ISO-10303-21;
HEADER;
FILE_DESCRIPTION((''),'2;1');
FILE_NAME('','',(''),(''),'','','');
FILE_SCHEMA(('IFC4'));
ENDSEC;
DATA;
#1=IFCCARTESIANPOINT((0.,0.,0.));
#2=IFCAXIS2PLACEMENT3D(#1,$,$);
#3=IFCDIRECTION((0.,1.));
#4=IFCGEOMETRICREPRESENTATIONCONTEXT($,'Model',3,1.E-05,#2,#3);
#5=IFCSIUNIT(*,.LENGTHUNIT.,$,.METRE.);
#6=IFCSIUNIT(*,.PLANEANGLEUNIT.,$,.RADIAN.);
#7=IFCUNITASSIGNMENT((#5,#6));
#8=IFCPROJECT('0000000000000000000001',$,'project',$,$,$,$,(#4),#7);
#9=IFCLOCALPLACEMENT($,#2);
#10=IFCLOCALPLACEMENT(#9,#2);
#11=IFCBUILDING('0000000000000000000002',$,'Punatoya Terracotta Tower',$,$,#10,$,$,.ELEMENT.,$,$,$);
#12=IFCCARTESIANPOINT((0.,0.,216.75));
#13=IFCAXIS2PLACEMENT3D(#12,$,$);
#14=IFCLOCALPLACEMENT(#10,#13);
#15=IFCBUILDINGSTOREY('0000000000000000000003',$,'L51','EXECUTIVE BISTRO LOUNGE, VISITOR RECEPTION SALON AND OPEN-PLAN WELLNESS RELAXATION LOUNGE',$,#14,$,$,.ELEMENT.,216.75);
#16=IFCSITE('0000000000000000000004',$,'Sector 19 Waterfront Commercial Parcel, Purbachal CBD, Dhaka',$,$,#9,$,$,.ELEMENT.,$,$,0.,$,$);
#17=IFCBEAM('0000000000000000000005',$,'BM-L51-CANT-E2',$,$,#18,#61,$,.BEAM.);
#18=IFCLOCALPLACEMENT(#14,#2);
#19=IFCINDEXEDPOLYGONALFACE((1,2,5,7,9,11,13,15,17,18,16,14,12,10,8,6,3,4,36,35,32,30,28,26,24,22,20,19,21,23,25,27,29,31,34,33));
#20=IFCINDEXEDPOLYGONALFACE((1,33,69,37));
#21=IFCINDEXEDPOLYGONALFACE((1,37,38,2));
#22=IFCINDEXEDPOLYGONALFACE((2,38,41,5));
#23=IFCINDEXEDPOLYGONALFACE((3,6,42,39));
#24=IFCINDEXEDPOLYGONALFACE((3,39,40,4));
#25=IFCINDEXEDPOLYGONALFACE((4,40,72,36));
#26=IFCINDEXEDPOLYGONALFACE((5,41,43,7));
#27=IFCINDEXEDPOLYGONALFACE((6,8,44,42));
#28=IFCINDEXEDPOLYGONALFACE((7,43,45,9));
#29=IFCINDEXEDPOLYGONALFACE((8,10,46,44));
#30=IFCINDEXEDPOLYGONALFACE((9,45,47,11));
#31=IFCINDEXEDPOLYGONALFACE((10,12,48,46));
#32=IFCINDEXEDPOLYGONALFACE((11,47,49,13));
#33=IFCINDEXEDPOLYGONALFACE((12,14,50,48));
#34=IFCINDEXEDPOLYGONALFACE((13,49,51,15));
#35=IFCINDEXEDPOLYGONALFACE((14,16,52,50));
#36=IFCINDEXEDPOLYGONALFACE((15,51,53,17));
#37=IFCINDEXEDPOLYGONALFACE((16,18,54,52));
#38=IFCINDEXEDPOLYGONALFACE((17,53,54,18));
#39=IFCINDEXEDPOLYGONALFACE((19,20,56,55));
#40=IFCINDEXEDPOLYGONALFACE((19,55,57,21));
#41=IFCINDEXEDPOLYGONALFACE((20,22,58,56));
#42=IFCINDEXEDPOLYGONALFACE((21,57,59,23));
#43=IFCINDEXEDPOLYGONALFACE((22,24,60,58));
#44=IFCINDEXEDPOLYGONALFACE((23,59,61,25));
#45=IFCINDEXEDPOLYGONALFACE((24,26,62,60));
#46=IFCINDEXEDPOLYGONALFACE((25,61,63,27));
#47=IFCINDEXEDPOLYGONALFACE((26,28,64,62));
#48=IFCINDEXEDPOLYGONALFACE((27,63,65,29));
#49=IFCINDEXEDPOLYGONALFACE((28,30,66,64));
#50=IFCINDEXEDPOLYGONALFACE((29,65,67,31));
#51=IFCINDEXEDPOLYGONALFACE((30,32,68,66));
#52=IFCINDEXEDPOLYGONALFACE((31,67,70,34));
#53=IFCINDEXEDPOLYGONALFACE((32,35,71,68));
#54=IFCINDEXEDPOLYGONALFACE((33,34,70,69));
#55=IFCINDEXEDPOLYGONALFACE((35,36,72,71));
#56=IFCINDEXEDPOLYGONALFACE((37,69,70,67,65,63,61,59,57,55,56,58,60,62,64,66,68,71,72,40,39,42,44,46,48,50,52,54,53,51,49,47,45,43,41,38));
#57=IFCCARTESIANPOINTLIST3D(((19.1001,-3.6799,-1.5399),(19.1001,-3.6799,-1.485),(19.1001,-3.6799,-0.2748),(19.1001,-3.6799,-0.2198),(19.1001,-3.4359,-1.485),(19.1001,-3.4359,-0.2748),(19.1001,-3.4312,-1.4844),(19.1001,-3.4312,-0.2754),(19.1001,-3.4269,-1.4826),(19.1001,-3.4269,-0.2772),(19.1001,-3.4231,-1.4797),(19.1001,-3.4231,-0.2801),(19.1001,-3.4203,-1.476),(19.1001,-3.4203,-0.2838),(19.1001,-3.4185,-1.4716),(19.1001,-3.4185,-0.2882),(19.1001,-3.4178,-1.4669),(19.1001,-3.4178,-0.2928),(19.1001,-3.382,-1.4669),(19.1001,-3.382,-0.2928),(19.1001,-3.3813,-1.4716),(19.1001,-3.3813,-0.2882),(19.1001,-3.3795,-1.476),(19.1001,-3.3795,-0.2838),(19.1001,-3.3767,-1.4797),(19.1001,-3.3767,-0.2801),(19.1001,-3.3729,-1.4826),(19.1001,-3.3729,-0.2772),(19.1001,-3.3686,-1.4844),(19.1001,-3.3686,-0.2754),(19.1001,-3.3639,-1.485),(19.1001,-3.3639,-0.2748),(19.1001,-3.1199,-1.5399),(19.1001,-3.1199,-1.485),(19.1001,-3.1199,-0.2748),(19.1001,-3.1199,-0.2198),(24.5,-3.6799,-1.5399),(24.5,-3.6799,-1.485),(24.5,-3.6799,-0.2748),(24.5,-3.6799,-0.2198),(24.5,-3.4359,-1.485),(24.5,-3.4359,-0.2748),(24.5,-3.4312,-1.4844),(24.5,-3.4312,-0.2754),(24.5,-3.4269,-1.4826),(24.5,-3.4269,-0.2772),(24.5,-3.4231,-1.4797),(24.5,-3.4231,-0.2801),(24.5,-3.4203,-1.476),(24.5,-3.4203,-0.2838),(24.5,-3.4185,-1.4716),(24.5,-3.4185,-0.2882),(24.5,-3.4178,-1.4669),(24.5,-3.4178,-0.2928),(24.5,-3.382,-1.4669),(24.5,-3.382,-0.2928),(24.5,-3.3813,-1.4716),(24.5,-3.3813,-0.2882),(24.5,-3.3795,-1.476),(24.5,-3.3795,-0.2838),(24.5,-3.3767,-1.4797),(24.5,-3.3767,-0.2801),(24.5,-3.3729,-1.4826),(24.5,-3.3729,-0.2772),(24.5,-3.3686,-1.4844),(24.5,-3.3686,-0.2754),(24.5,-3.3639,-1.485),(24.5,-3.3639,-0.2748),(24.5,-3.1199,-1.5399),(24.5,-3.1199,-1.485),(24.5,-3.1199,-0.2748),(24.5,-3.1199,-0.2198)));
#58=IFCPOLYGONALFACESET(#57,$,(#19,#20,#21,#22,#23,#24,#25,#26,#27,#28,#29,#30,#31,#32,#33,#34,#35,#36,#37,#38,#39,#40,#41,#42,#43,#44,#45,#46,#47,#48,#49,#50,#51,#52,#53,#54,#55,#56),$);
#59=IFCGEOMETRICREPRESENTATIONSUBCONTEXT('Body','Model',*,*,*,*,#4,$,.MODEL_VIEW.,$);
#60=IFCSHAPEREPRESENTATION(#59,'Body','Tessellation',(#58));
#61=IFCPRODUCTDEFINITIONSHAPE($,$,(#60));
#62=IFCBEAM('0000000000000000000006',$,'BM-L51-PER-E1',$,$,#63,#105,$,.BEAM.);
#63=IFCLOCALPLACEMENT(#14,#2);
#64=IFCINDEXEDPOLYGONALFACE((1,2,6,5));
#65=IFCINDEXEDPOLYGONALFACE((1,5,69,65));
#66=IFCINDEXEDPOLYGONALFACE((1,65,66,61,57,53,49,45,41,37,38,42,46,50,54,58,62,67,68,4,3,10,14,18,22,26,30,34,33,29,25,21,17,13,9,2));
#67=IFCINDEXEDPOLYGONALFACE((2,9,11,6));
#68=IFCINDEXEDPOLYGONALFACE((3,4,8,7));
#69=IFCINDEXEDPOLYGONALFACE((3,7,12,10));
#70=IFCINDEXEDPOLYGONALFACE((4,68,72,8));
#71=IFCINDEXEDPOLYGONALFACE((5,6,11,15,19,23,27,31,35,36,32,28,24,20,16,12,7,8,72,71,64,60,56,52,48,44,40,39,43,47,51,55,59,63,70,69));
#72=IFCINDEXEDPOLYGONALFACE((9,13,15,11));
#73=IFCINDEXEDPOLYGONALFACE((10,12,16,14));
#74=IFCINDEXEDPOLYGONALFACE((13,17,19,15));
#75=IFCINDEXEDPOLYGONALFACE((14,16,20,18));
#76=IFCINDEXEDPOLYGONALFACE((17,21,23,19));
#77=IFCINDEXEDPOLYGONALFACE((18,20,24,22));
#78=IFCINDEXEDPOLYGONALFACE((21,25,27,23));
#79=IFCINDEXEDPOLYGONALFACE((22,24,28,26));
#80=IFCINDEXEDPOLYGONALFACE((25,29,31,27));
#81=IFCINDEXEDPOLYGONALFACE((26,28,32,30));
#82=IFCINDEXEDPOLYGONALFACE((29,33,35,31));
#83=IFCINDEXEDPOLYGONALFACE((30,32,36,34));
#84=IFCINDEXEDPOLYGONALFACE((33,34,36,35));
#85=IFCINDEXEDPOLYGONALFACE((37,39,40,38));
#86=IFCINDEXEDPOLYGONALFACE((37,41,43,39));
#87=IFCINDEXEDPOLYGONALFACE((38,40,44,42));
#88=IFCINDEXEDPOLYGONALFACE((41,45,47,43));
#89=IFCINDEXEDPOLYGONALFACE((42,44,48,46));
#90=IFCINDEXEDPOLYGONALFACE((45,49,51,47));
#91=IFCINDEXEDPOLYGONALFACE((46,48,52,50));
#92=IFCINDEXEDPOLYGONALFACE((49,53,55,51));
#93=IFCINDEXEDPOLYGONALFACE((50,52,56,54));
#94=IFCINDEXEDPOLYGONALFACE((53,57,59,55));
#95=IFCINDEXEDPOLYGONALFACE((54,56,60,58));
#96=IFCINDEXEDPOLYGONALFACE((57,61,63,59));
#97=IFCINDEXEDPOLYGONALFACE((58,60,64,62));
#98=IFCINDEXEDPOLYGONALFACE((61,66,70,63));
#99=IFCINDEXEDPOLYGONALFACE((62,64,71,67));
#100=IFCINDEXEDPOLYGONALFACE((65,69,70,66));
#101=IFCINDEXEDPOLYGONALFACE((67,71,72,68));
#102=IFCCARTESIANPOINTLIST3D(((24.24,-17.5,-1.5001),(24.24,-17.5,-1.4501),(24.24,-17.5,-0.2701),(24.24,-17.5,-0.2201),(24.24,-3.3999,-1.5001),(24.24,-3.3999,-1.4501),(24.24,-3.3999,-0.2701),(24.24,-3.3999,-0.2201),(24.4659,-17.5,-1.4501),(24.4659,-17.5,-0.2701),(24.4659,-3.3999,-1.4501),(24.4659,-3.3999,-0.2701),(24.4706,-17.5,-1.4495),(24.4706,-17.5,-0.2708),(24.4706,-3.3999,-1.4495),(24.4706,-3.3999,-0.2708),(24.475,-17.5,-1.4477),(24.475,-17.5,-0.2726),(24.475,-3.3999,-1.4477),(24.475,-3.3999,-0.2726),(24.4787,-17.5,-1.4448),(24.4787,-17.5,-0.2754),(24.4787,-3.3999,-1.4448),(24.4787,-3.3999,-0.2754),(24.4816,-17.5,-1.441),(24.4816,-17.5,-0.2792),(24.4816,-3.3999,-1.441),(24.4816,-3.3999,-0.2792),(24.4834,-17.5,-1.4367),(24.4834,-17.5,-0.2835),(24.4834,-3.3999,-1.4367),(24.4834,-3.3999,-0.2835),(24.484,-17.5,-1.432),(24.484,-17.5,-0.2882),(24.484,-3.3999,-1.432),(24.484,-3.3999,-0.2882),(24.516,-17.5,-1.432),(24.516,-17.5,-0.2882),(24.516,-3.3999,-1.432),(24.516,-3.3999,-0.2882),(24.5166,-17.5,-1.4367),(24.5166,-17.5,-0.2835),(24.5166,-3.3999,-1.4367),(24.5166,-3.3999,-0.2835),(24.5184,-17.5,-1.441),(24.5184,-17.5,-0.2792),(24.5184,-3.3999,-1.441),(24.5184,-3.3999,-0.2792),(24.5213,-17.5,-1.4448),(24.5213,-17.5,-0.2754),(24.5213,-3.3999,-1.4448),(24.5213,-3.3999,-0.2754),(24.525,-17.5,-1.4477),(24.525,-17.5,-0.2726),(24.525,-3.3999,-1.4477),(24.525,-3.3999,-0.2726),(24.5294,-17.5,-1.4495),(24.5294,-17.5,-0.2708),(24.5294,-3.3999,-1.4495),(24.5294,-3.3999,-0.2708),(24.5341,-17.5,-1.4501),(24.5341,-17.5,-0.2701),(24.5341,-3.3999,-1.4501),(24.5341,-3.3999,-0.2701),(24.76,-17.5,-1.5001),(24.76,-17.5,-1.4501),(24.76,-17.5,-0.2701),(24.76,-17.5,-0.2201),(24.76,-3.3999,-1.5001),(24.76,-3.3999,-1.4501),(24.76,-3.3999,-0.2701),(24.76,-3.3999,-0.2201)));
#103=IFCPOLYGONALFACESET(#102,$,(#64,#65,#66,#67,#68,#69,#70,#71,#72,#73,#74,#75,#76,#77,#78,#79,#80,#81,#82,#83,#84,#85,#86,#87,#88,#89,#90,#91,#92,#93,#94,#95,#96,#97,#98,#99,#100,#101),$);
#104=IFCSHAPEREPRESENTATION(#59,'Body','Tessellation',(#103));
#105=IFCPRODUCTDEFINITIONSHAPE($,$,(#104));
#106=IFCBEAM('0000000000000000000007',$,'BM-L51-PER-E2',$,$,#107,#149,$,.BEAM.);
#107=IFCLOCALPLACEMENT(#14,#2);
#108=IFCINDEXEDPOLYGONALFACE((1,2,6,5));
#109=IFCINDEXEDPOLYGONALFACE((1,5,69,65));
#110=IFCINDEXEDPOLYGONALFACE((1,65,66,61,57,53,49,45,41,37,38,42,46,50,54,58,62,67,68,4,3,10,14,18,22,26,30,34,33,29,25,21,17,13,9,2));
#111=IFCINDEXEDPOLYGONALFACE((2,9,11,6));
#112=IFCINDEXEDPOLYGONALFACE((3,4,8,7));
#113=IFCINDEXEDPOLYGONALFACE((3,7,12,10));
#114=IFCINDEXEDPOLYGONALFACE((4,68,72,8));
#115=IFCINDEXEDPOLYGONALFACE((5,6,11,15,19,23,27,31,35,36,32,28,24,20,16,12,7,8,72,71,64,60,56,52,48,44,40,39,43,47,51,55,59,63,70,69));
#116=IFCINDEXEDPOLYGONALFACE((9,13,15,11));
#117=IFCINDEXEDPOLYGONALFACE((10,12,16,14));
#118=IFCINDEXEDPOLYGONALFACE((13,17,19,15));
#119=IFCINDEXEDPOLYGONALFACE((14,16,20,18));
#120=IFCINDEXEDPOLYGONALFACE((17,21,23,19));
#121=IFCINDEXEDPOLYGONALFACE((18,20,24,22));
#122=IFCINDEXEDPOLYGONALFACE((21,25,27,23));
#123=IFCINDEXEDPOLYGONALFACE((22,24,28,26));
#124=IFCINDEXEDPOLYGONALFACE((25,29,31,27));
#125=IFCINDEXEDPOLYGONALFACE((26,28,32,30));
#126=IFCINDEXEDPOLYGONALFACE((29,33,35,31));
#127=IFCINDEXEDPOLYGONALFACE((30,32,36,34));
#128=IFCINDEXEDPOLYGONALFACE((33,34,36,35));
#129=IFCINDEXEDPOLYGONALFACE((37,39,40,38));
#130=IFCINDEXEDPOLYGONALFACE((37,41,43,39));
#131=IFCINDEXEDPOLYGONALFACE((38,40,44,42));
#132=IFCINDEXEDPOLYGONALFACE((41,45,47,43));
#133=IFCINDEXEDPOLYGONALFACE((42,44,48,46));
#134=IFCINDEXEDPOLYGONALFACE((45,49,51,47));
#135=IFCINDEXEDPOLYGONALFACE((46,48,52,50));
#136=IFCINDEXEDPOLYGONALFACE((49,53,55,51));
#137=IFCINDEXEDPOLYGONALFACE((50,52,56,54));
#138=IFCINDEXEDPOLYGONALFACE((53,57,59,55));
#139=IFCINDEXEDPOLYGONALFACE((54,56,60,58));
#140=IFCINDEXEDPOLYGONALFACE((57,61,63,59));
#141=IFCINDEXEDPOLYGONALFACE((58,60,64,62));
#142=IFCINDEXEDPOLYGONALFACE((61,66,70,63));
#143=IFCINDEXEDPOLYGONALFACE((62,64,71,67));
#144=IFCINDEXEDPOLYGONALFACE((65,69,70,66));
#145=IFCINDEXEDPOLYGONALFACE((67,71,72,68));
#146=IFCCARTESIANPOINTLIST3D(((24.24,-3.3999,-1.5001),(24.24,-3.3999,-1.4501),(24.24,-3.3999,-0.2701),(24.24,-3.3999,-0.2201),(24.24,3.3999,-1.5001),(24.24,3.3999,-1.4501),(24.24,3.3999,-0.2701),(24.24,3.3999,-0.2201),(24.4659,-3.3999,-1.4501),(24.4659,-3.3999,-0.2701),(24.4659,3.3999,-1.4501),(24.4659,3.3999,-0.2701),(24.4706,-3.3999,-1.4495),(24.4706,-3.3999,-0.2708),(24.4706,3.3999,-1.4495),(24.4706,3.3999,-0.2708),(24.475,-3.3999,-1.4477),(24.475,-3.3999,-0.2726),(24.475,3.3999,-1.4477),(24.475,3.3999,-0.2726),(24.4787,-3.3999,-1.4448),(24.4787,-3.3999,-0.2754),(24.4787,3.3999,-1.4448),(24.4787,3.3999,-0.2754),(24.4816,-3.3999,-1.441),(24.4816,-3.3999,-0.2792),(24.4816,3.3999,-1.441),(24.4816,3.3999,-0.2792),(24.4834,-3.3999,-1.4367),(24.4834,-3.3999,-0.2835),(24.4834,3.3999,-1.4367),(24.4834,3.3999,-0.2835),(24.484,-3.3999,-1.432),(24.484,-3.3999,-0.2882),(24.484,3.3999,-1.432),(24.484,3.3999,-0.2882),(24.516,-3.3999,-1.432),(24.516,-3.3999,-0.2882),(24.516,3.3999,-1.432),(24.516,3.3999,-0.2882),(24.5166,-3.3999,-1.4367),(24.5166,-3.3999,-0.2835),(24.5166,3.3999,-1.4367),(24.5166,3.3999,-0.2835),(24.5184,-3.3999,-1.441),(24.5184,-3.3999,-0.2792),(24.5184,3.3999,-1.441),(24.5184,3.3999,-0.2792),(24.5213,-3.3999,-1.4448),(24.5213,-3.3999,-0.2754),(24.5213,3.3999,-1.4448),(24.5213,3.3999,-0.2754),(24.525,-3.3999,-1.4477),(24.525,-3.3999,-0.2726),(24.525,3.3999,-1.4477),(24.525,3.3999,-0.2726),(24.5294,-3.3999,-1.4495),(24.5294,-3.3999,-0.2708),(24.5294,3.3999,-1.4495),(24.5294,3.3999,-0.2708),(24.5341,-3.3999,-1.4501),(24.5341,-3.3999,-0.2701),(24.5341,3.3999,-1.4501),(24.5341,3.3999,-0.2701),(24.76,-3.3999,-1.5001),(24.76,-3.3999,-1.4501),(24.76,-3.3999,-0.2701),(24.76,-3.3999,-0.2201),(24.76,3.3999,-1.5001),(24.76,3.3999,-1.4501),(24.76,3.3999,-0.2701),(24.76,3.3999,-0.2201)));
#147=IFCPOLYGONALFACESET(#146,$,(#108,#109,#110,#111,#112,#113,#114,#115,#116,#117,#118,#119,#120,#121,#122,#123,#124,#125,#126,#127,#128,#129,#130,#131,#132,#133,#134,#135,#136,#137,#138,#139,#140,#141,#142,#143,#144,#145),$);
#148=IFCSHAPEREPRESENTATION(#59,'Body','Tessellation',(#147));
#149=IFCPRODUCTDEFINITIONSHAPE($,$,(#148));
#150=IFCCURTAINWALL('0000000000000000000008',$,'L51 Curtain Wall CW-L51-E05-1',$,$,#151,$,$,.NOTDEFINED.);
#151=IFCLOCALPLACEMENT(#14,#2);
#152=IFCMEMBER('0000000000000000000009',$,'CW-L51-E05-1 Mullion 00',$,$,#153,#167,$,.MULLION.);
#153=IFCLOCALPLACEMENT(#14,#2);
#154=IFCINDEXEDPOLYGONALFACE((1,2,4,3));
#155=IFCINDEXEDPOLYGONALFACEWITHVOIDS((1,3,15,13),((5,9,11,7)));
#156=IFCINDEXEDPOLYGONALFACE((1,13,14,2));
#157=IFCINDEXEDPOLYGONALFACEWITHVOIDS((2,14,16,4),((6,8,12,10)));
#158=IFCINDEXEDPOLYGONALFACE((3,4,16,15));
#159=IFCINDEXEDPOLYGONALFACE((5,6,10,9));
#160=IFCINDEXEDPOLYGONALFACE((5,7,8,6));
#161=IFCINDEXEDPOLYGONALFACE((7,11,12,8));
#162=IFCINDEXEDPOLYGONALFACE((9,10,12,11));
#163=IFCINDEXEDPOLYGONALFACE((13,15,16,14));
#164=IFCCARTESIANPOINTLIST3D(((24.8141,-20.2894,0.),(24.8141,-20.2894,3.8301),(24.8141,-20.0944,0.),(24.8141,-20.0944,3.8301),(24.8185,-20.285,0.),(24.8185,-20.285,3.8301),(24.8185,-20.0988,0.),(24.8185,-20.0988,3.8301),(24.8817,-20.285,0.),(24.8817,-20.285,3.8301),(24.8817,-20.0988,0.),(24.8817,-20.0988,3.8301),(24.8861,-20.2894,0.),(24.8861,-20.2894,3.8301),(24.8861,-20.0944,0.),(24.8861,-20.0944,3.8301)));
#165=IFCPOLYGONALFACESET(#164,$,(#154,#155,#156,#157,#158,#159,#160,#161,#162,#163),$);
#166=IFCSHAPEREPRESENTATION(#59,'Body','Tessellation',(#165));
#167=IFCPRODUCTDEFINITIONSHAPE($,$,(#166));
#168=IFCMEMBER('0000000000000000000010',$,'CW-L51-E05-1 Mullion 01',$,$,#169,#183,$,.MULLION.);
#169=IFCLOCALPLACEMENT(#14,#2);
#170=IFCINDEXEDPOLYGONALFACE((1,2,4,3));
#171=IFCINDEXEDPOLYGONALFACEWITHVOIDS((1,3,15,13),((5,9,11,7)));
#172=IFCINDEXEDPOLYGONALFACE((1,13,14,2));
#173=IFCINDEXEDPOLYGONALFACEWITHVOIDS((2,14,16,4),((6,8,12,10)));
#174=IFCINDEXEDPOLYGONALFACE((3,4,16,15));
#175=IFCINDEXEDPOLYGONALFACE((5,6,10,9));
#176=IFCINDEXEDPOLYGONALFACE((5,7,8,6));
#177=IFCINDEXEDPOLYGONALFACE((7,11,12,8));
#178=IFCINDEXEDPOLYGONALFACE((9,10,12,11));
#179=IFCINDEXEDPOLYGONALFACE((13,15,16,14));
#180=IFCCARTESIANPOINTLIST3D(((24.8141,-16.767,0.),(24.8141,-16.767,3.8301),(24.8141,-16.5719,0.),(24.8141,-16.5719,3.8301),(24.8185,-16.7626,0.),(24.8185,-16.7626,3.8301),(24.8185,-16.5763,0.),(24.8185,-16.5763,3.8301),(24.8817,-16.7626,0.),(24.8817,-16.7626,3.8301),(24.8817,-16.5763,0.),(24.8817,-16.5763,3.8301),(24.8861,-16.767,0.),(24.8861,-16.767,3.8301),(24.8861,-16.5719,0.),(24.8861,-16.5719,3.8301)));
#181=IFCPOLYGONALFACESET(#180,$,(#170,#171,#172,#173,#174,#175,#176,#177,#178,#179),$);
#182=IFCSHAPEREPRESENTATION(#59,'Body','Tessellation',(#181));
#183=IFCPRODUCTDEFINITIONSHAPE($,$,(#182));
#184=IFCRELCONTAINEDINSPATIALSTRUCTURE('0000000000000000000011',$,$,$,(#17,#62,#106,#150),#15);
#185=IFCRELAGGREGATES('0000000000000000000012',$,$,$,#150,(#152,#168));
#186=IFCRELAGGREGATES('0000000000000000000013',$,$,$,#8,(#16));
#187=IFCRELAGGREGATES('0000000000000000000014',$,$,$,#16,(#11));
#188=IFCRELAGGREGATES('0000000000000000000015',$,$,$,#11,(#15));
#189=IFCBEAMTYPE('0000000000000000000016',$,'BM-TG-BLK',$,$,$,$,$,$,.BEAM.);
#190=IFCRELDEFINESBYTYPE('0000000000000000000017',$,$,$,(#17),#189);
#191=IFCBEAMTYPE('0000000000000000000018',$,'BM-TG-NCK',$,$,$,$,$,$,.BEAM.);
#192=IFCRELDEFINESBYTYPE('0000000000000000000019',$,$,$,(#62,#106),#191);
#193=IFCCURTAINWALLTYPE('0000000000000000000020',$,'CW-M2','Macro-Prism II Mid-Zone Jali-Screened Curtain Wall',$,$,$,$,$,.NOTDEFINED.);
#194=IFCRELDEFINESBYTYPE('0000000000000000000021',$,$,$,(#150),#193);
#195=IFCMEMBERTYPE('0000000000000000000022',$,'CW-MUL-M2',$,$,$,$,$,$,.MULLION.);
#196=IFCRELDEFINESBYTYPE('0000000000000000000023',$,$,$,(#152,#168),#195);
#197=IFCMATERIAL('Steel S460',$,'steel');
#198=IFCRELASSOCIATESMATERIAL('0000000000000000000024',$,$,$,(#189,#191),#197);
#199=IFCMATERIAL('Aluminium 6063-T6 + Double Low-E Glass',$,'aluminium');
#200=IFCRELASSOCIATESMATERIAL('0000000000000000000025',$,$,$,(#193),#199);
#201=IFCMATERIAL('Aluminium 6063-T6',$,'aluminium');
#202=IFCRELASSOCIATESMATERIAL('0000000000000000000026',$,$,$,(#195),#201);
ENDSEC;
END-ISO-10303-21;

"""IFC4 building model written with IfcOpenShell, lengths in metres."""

from ifc_helpers import new_model, si_unit, direction, frame, origin, origin_2d, place, context, subcontext, project, spatial, hollow_rectangle, i_section, extrude, material, material_profile, profile_set, type_object, element, aggregate, save


model = new_model("IFC4")

# Units and contexts
model_context = context("Model", 3, precision=1e-05, world=origin(), true_north=direction((0.0, 1.0)))
body_context = subcontext(model_context, "Body", "Model", "MODEL_VIEW")
ifc_project = project(units=[si_unit("LENGTHUNIT", "METRE"), si_unit("PLANEANGLEUNIT", "RADIAN")], contexts=[model_context])

# Site, building, storey
site_placement = place(None, origin())
site = spatial("IfcSite", under=ifc_project, at=site_placement, Name="Sector 19 Waterfront Commercial Parcel, Purbachal CBD, Dhaka", CompositionType="ELEMENT", RefElevation=0.0)
building_placement = place(site_placement, origin())
building = spatial("IfcBuilding", under=site, at=building_placement, Name="Punatoya Terracotta Tower", CompositionType="ELEMENT")
storey_placement = place(building_placement, frame((0.0, 0.0, 216.75)))
storey = spatial("IfcBuildingStorey", under=building, at=storey_placement, Name="L51", Description="EXECUTIVE BISTRO LOUNGE, VISITOR RECEPTION SALON AND OPEN-PLAN WELLNESS RELAXATION LOUNGE", CompositionType="ELEMENT", Elevation=216.75)

# Shared definitions
ifc_material_1 = material(Name="Steel S460", Category="steel")

# Beams
ifc_material_profile_1 = material_profile(ifc_material_1, i_section(OverallWidth=0.5601, OverallDepth=1.3201, WebThickness=0.0359, FlangeThickness=0.0549, FilletRadius=0.0181, at=origin_2d()))
ifc_profile_set_1 = profile_set([ifc_material_profile_1], Name="Steel S460")
beam_type_1 = type_object("IfcBeamType", Name="BM-TG-BLK", PredefinedType="BEAM", material=ifc_profile_set_1)
beam_1_placement = place(storey_placement, frame((19.1001, -3.3999, -0.8799), z_axis=(1.0, 0.0, 0.0), x_axis=(0.0, 1.0, 0.0)))
element("IfcBeam", 1, at=beam_1_placement, inside=storey, type_object=beam_type_1, Name="BM-L51-CANT-E2", PredefinedType="BEAM", context=body_context, shape_type="SweptSolid", body=[
    extrude(i_section(OverallWidth=0.5601, OverallDepth=1.3201, WebThickness=0.0359, FlangeThickness=0.0549, FilletRadius=0.0181, at=origin_2d()), origin(), (0.0, 0.0, 1.0), 5.3999),
])
ifc_material_profile_2 = material_profile(ifc_material_1, i_section(OverallWidth=0.52, OverallDepth=1.28, WebThickness=0.032, FlangeThickness=0.05, FilletRadius=0.0181, at=origin_2d()))
ifc_profile_set_2 = profile_set([ifc_material_profile_2], Name="Steel S460")
beam_type_2 = type_object("IfcBeamType", Name="BM-TG-NCK", PredefinedType="BEAM", material=ifc_profile_set_2)
beam_2_placement = place(storey_placement, frame((24.5, -17.5, -0.8601), z_axis=(0.0, 1.0, 0.0), x_axis=(-1.0, 0.0, 0.0)))
element("IfcBeam", 2, at=beam_2_placement, inside=storey, type_object=beam_type_2, Name="BM-L51-PER-E1", PredefinedType="BEAM", context=body_context, shape_type="SweptSolid", body=[
    extrude(i_section(OverallWidth=0.52, OverallDepth=1.28, WebThickness=0.032, FlangeThickness=0.05, FilletRadius=0.0181, at=origin_2d()), origin(), (0.0, 0.0, 1.0), 14.1001),
])
beam_3_placement = place(storey_placement, frame((24.5, -3.3999, -0.8601), z_axis=(0.0, 1.0, 0.0), x_axis=(-1.0, 0.0, 0.0)))
element("IfcBeam", 3, at=beam_3_placement, inside=storey, type_object=beam_type_2, Name="BM-L51-PER-E2", PredefinedType="BEAM", context=body_context, shape_type="SweptSolid", body=[
    extrude(i_section(OverallWidth=0.52, OverallDepth=1.28, WebThickness=0.032, FlangeThickness=0.05, FilletRadius=0.0181, at=origin_2d()), origin(), (0.0, 0.0, 1.0), 6.7998),
])

# Curtain wall, members
ifc_material_2 = material(Name="Aluminium 6063-T6 + Double Low-E Glass", Category="aluminium")
curtain_wall_type = type_object("IfcCurtainWallType", Name="CW-M2", Description="Macro-Prism II Mid-Zone Jali-Screened Curtain Wall", PredefinedType="NOTDEFINED", material=ifc_material_2)
curtain_wall_placement = place(storey_placement, origin())
curtain_wall = element("IfcCurtainWall", 4, at=curtain_wall_placement, inside=storey, type_object=curtain_wall_type, Name="L51 Curtain Wall CW-L51-E05-1", PredefinedType="NOTDEFINED")
ifc_material_3 = material(Name="Aluminium 6063-T6", Category="aluminium")
ifc_material_profile_3 = material_profile(ifc_material_3, hollow_rectangle(XDim=0.072, YDim=0.1951, WallThickness=0.0044, at=origin_2d()))
ifc_profile_set_3 = profile_set([ifc_material_profile_3], Name="Aluminium 6063-T6")
member_type_1 = type_object("IfcMemberType", Name="CW-MUL-M2", PredefinedType="MULLION", material=ifc_profile_set_3)
member_1_placement = place(storey_placement, frame((24.8501, -20.1919, 0.0), z_axis=(0.0, 0.0, 1.0), x_axis=(1.0, 0.0, 0.0)))
member_1 = element("IfcMember", 5, at=member_1_placement, type_object=member_type_1, Name="CW-L51-E05-1 Mullion 00", PredefinedType="MULLION", context=body_context, shape_type="SweptSolid", body=[
    extrude(hollow_rectangle(XDim=0.072, YDim=0.1951, WallThickness=0.0044, at=origin_2d()), origin(), (0.0, 0.0, 1.0), 3.8301),
])
member_2_placement = place(storey_placement, frame((24.8501, -16.6694, 0.0), z_axis=(0.0, 0.0, 1.0), x_axis=(1.0, 0.0, 0.0)))
member_2 = element("IfcMember", 6, at=member_2_placement, type_object=member_type_1, Name="CW-L51-E05-1 Mullion 01", PredefinedType="MULLION", context=body_context, shape_type="SweptSolid", body=[
    extrude(hollow_rectangle(XDim=0.072, YDim=0.1951, WallThickness=0.0044, at=origin_2d()), origin(), (0.0, 0.0, 1.0), 3.8301),
])
aggregate(curtain_wall, [member_1, member_2])

save(model, "model.ifc")
